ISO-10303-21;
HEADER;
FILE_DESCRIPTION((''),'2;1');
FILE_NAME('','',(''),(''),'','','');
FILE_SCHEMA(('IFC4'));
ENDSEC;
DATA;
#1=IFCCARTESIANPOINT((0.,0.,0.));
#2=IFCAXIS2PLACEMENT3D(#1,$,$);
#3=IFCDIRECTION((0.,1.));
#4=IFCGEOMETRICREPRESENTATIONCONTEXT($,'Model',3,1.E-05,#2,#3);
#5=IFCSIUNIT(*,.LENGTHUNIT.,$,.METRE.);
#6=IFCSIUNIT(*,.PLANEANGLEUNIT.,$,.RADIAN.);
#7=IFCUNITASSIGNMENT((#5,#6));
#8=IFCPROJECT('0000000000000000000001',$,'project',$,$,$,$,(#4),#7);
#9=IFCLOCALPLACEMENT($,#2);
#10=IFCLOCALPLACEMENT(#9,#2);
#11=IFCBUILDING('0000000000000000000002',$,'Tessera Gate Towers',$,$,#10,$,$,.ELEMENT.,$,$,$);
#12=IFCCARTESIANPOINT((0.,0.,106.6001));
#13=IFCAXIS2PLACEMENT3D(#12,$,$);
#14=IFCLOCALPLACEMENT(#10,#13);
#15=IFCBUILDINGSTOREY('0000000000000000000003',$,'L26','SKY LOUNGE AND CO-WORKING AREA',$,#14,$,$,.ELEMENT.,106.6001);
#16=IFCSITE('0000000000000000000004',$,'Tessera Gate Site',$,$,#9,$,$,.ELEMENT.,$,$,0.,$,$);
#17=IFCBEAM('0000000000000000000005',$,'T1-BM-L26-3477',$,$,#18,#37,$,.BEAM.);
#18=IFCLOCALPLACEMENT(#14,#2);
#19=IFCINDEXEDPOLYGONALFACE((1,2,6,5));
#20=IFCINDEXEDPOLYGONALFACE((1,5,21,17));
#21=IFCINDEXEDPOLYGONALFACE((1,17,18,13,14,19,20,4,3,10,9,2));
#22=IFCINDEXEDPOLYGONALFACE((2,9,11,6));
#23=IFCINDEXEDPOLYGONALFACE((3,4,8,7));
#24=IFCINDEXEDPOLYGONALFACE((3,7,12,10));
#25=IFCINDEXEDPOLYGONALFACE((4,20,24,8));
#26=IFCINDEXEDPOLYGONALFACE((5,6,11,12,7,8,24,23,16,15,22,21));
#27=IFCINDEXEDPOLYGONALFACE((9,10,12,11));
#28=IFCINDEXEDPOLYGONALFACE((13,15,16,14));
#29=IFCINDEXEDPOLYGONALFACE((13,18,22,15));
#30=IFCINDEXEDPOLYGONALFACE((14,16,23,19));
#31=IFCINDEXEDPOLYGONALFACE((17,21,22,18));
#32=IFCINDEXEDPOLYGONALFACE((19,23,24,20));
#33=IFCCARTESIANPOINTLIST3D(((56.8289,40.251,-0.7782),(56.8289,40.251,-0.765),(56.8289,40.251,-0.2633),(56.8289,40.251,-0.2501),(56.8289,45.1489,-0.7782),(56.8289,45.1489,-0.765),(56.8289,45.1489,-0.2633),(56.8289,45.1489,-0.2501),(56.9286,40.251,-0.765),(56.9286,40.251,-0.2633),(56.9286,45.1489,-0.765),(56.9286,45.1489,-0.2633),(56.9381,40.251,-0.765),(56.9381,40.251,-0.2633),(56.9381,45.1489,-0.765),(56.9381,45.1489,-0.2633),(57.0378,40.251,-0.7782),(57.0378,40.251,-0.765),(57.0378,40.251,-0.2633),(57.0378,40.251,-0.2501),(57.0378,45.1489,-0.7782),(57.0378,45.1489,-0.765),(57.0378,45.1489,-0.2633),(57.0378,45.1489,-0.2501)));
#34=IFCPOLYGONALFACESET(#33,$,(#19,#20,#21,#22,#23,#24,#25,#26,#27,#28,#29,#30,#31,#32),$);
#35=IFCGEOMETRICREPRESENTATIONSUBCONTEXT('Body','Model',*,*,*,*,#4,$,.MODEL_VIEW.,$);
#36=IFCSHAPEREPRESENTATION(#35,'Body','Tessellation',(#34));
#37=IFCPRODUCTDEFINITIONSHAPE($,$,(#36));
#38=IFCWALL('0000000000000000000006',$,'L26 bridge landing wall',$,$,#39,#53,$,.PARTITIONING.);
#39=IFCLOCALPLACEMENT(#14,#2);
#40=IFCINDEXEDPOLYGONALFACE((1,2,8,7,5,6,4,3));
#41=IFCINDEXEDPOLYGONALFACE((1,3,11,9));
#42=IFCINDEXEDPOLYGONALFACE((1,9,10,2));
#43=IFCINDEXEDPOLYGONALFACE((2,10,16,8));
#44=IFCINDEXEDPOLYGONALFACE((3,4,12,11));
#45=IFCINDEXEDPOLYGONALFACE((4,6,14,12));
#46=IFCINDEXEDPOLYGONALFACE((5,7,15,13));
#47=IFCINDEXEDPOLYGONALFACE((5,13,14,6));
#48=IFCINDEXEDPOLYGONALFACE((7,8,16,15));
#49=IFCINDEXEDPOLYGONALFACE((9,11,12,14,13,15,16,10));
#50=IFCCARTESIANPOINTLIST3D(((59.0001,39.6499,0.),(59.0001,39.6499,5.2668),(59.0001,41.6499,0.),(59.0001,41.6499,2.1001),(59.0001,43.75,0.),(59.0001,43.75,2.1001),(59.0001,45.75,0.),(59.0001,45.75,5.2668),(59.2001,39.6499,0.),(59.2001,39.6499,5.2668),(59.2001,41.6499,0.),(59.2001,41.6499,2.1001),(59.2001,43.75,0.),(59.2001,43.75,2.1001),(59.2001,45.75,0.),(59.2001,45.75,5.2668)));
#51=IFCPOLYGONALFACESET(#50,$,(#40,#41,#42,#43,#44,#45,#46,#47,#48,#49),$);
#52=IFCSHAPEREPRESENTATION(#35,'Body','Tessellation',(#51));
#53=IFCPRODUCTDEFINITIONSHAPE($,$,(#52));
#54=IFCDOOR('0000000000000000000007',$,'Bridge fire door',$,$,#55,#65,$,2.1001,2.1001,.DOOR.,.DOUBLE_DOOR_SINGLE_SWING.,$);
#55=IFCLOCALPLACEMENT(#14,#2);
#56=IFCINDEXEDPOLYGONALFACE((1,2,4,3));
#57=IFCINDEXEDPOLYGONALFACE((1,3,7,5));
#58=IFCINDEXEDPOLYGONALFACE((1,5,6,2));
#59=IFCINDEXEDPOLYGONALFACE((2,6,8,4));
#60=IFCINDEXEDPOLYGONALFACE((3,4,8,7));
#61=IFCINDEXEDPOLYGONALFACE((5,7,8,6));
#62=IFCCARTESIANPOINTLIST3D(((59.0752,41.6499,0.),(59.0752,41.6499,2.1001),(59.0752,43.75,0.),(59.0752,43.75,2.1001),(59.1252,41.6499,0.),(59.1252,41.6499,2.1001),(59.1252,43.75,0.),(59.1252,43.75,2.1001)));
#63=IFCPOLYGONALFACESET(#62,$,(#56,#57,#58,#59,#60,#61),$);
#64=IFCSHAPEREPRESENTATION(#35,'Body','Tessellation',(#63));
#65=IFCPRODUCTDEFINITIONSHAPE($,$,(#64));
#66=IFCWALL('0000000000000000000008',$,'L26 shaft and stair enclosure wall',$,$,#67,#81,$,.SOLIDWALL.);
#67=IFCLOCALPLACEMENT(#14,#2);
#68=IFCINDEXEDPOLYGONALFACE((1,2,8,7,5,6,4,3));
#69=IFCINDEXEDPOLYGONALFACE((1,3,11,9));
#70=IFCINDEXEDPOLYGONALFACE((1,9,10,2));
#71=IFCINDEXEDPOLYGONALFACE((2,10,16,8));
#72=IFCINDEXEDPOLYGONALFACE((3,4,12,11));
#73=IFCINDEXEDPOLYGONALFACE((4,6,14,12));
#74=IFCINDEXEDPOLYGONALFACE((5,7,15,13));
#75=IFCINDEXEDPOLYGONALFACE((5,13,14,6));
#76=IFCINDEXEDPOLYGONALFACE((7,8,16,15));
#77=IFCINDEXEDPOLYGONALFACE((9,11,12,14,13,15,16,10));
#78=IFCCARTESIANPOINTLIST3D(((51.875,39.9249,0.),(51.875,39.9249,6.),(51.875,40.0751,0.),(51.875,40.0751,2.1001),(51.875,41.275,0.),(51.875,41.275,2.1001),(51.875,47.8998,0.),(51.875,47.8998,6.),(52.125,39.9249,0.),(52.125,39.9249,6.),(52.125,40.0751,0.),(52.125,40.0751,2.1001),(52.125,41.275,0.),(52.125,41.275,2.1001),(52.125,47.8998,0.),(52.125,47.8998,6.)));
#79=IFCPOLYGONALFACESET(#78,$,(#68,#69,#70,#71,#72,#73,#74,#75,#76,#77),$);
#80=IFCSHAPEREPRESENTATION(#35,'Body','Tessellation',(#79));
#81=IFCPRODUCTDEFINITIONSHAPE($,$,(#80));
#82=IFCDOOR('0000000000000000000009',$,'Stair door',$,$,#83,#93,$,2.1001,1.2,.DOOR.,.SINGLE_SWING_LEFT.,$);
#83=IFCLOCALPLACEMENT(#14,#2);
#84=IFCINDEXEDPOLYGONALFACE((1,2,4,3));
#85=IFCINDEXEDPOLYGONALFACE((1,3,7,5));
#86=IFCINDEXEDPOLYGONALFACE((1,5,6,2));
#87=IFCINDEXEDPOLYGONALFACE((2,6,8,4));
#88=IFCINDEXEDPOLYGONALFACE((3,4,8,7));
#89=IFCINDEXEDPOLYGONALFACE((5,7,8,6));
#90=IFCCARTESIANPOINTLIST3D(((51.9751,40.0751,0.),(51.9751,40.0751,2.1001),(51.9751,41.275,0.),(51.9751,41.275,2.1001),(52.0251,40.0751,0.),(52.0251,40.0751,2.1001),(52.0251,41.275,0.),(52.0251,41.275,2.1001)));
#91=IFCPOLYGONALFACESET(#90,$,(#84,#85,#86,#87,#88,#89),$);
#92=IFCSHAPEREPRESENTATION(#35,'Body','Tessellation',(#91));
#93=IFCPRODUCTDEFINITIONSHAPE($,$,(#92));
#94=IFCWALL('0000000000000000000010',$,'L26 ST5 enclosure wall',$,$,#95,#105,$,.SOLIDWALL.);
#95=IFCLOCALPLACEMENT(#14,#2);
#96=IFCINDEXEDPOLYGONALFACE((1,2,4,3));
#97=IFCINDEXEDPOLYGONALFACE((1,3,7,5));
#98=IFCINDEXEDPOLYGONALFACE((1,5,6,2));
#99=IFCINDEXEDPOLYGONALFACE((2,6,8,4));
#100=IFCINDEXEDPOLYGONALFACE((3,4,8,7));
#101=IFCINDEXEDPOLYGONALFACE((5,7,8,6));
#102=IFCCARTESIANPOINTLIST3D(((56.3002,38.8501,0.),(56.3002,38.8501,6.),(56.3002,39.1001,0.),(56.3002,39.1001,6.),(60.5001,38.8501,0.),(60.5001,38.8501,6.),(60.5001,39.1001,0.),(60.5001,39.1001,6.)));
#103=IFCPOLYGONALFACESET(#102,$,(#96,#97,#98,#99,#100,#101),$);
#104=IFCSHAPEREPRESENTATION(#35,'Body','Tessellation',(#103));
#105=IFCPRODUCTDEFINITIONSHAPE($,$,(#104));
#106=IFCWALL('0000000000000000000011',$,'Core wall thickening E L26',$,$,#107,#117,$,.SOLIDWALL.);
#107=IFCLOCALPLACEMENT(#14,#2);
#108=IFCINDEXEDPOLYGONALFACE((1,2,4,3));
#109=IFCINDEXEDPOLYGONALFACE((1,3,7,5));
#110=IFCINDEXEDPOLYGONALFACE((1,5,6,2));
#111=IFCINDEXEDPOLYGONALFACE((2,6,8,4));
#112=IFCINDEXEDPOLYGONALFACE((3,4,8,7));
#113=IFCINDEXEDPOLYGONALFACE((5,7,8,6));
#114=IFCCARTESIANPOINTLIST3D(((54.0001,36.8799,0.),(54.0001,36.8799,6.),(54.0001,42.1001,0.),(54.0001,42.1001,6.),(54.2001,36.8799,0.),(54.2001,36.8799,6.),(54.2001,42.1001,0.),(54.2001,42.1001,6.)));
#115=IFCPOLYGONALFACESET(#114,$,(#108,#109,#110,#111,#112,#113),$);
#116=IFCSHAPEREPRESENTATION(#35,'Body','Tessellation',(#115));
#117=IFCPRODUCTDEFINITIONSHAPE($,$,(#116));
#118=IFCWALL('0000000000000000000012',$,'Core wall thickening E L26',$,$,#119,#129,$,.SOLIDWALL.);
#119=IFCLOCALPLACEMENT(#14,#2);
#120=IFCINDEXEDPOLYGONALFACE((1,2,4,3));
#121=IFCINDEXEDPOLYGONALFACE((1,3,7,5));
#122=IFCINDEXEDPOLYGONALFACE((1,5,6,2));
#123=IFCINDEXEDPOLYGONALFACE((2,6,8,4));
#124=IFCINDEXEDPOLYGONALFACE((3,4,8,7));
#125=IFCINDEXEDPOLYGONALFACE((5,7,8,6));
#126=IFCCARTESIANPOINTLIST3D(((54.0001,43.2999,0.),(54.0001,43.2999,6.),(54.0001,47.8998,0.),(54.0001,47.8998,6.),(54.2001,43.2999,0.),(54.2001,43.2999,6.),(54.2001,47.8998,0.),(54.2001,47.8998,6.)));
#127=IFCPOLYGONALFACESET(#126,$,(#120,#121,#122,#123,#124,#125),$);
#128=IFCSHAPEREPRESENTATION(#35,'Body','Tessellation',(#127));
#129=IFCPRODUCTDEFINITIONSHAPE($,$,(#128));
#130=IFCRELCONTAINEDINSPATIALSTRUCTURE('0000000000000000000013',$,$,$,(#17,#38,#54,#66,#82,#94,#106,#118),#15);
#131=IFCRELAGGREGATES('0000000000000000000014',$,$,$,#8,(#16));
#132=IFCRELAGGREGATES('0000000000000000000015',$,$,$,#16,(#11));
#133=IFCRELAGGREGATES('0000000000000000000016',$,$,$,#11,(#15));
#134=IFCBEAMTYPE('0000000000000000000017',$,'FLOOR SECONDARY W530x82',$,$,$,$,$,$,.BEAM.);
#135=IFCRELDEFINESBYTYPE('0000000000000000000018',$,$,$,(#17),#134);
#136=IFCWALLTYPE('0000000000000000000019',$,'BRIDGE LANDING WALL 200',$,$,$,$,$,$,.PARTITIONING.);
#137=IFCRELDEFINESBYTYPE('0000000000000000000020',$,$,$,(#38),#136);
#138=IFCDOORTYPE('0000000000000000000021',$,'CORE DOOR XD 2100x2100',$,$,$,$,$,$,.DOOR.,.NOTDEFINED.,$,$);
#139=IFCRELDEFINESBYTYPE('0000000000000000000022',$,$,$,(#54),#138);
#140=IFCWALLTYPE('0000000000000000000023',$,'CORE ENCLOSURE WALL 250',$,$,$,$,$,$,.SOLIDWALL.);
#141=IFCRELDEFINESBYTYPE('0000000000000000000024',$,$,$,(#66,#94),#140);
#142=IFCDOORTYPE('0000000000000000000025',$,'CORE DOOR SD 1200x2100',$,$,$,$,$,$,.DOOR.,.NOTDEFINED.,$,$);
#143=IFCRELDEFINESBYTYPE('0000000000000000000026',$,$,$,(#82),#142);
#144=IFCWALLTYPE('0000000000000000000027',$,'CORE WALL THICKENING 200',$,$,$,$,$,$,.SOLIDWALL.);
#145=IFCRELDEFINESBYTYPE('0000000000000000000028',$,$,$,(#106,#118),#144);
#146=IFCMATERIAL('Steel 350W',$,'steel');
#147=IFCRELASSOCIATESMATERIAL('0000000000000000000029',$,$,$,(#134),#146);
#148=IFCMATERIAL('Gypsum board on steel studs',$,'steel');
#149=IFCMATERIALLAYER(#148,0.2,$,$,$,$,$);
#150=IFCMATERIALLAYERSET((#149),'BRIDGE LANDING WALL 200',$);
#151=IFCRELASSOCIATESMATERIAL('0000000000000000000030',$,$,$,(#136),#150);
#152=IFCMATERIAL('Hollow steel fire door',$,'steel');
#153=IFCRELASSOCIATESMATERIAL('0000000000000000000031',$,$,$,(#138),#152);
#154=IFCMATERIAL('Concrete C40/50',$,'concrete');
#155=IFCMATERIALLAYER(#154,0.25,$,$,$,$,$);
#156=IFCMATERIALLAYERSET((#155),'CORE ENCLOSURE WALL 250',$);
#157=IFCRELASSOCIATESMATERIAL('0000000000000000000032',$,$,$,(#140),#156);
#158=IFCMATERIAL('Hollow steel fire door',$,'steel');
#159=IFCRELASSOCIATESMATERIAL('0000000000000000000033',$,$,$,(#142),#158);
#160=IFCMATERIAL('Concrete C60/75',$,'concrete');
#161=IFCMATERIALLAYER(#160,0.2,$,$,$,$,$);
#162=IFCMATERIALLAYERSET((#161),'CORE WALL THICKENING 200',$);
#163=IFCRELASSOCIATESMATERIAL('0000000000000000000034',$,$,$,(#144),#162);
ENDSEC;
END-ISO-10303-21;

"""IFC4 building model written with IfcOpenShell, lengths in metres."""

from ifc_helpers import new_model, si_unit, direction, frame, frame_2d, origin, origin_2d, place, context, subcontext, project, spatial, rectangle, i_section, extrude, source, transform, mapped, material, layer, layer_set, material_profile, profile_set, type_object, element, fill, save


model = new_model("IFC4")

# Units and contexts
model_context = context("Model", 3, precision=1e-05, world=origin(), true_north=direction((0.0, 1.0)))
body_context = subcontext(model_context, "Body", "Model", "MODEL_VIEW")
ifc_project = project(units=[si_unit("LENGTHUNIT", "METRE"), si_unit("PLANEANGLEUNIT", "RADIAN")], contexts=[model_context])

# Site, building, storey
site_placement = place(None, origin())
site = spatial("IfcSite", under=ifc_project, at=site_placement, Name="Tessera Gate Site", CompositionType="ELEMENT", RefElevation=0.0)
building_placement = place(site_placement, origin())
building = spatial("IfcBuilding", under=site, at=building_placement, Name="Tessera Gate Towers", CompositionType="ELEMENT")
storey_placement = place(building_placement, frame((0.0, 0.0, 106.6001)))
storey = spatial("IfcBuildingStorey", under=building, at=storey_placement, Name="L26", Description="SKY LOUNGE AND CO-WORKING AREA", CompositionType="ELEMENT", Elevation=106.6001)

# Beam
ifc_material_1 = material(Name="Steel 350W", Category="steel")
ifc_material_profile_1 = material_profile(ifc_material_1, i_section(OverallWidth=0.209, OverallDepth=0.5281, WebThickness=0.0095, FlangeThickness=0.0132, at=origin_2d()), Name="W530x82")
ifc_profile_set_1 = profile_set([ifc_material_profile_1], Name="Steel 350W")
beam_type_1 = type_object("IfcBeamType", Name="FLOOR SECONDARY W530x82", PredefinedType="BEAM", material=ifc_profile_set_1)
beam_1_placement = place(storey_placement, frame((56.9333, 40.251, -0.5142), z_axis=(0.0, 1.0, 0.0), x_axis=(-1.0, 0.0, 0.0)))
element("IfcBeam", 1, at=beam_1_placement, inside=storey, type_object=beam_type_1, Name="T1-BM-L26-3477", PredefinedType="BEAM", context=body_context, shape_type="SweptSolid", body=[
    extrude(i_section(OverallWidth=0.209, OverallDepth=0.5281, WebThickness=0.0095, FlangeThickness=0.0132, at=origin_2d()), origin(), (0.0, 0.0, 1.0), 4.8979),
])

# Walls, openings, doors
ifc_material_2 = material(Name="Gypsum board on steel studs", Category="steel")
ifc_layer_1 = layer(ifc_material_2, 0.2)
ifc_layer_set_1 = layer_set([ifc_layer_1], Name="BRIDGE LANDING WALL 200")
wall_type_1 = type_object("IfcWallType", Name="BRIDGE LANDING WALL 200", PredefinedType="PARTITIONING", material=ifc_layer_set_1)
wall_1_placement = place(storey_placement, frame((59.1001, 39.6499, 0.0), z_axis=(0.0, 0.0, 1.0), x_axis=(0.0, 1.0, 0.0)))
wall_1 = element("IfcWall", 2, at=wall_1_placement, inside=storey, type_object=wall_type_1, Name="L26 bridge landing wall", PredefinedType="PARTITIONING", context=body_context, shape_type="SweptSolid", body=[
    extrude(rectangle(XDim=6.1001, YDim=0.2, at=frame_2d((3.05, 0.0))), origin(), (0.0, 0.0, 1.0), 5.2668),
])
shared_shape_1 = source(origin(), body_context, "Body", "SweptSolid", [
    extrude(rectangle(XDim=2.1001, YDim=2.1001, at=frame_2d((1.05, 1.05))), frame((0.0, 0.1099, 0.0), z_axis=(0.0, -1.0, 0.0), x_axis=(1.0, 0.0, 0.0)), (0.0, 0.0, 1.0), 0.22),
])
opening_1_placement = place(wall_1_placement, frame((2.0, 0.0, 0.0)))
opening_1 = element("IfcOpeningElement", 3, at=opening_1_placement, cuts=wall_1, PredefinedType="OPENING", context=body_context, shape_type="MappedRepresentation", body=[
    mapped(shared_shape_1, transform((0.0, 0.0, 0.0), scale=1.0)),
])
ifc_material_3 = material(Name="Hollow steel fire door", Category="steel")
door_type_1 = type_object("IfcDoorType", Name="CORE DOOR XD 2100x2100", OperationType="NOTDEFINED", PredefinedType="DOOR", material=ifc_material_3)
shared_shape_2 = source(origin(), body_context, "Body", "SweptSolid", [
    extrude(rectangle(XDim=2.1001, YDim=2.1001, at=frame_2d((1.05, 1.05))), frame((0.0, 0.0249, 0.0), z_axis=(0.0, -1.0, 0.0), x_axis=(1.0, 0.0, 0.0)), (0.0, 0.0, 1.0), 0.05),
])
door_1_placement = place(opening_1_placement, origin())
door_1 = element("IfcDoor", 4, at=door_1_placement, inside=storey, type_object=door_type_1, Name="Bridge fire door", OperationType="DOUBLE_DOOR_SINGLE_SWING", OverallHeight=2.1001, OverallWidth=2.1001, PredefinedType="DOOR", context=body_context, shape_type="MappedRepresentation", body=[
    mapped(shared_shape_2, transform((0.0, 0.0, 0.0), scale=1.0)),
])
fill(opening_1, door_1)
ifc_material_4 = material(Name="Concrete C40/50", Category="concrete")
ifc_layer_2 = layer(ifc_material_4, 0.25)
ifc_layer_set_2 = layer_set([ifc_layer_2], Name="CORE ENCLOSURE WALL 250")
wall_type_2 = type_object("IfcWallType", Name="CORE ENCLOSURE WALL 250", PredefinedType="SOLIDWALL", material=ifc_layer_set_2)
wall_2_placement = place(storey_placement, frame((52.0, 39.925, 0.0), z_axis=(0.0, 0.0, 1.0), x_axis=(0.0, 1.0, 0.0)))
wall_2 = element("IfcWall", 5, at=wall_2_placement, inside=storey, type_object=wall_type_2, Name="L26 shaft and stair enclosure wall", PredefinedType="SOLIDWALL", context=body_context, shape_type="SweptSolid", body=[
    extrude(rectangle(XDim=7.9749, YDim=0.25, at=frame_2d((3.9873, 0.0))), origin(), (0.0, 0.0, 1.0), 6.0),
])
shared_shape_3 = source(origin(), body_context, "Body", "SweptSolid", [
    extrude(rectangle(XDim=1.2, YDim=2.1001, at=frame_2d((0.6001, 1.05))), frame((0.0, 0.135, 0.0), z_axis=(0.0, -1.0, 0.0), x_axis=(1.0, 0.0, 0.0)), (0.0, 0.0, 1.0), 0.27),
])
opening_2_placement = place(wall_2_placement, frame((0.1499, 0.0, 0.0)))
opening_2 = element("IfcOpeningElement", 6, at=opening_2_placement, cuts=wall_2, PredefinedType="OPENING", context=body_context, shape_type="MappedRepresentation", body=[
    mapped(shared_shape_3, transform((0.0, 0.0, 0.0), scale=1.0)),
])
ifc_material_5 = material(Name="Hollow steel fire door", Category="steel")
door_type_2 = type_object("IfcDoorType", Name="CORE DOOR SD 1200x2100", OperationType="NOTDEFINED", PredefinedType="DOOR", material=ifc_material_5)
shared_shape_4 = source(origin(), body_context, "Body", "SweptSolid", [
    extrude(rectangle(XDim=1.2, YDim=2.1001, at=frame_2d((0.6001, 1.05))), frame((0.0, 0.0249, 0.0), z_axis=(0.0, -1.0, 0.0), x_axis=(1.0, 0.0, 0.0)), (0.0, 0.0, 1.0), 0.05),
])
door_2_placement = place(opening_2_placement, origin())
door_2 = element("IfcDoor", 7, at=door_2_placement, inside=storey, type_object=door_type_2, Name="Stair door", OperationType="SINGLE_SWING_LEFT", OverallHeight=2.1001, OverallWidth=1.2, PredefinedType="DOOR", context=body_context, shape_type="MappedRepresentation", body=[
    mapped(shared_shape_4, transform((0.0, 0.0, 0.0), scale=1.0)),
])
fill(opening_2, door_2)

# Walls
wall_3_placement = place(storey_placement, frame((56.3, 38.9751, 0.0), z_axis=(0.0, 0.0, 1.0), x_axis=(1.0, 0.0, 0.0)))
element("IfcWall", 8, at=wall_3_placement, inside=storey, type_object=wall_type_2, Name="L26 ST5 enclosure wall", PredefinedType="SOLIDWALL", context=body_context, shape_type="SweptSolid", body=[
    extrude(rectangle(XDim=4.2, YDim=0.25, at=frame_2d((2.1001, 0.0))), origin(), (0.0, 0.0, 1.0), 6.0),
])
ifc_material_6 = material(Name="Concrete C60/75", Category="concrete")
ifc_layer_3 = layer(ifc_material_6, 0.2)
ifc_layer_set_3 = layer_set([ifc_layer_3], Name="CORE WALL THICKENING 200")
wall_type_3 = type_object("IfcWallType", Name="CORE WALL THICKENING 200", PredefinedType="SOLIDWALL", material=ifc_layer_set_3)
wall_4_placement = place(storey_placement, frame((54.1001, 36.8799, 0.0), z_axis=(0.0, 0.0, 1.0), x_axis=(0.0, 1.0, 0.0)))
element("IfcWall", 9, at=wall_4_placement, inside=storey, type_object=wall_type_3, Name="Core wall thickening E L26", PredefinedType="SOLIDWALL", context=body_context, shape_type="SweptSolid", body=[
    extrude(rectangle(XDim=5.2202, YDim=0.2, at=frame_2d((2.6101, 0.0))), origin(), (0.0, 0.0, 1.0), 6.0),
])
wall_5_placement = place(storey_placement, frame((54.1001, 43.3, 0.0), z_axis=(0.0, 0.0, 1.0), x_axis=(0.0, 1.0, 0.0)))
element("IfcWall", 10, at=wall_5_placement, inside=storey, type_object=wall_type_3, Name="Core wall thickening E L26", PredefinedType="SOLIDWALL", context=body_context, shape_type="SweptSolid", body=[
    extrude(rectangle(XDim=4.5999, YDim=0.2, at=frame_2d((2.2998, 0.0))), origin(), (0.0, 0.0, 1.0), 6.0),
])

save(model, "model.ifc")
